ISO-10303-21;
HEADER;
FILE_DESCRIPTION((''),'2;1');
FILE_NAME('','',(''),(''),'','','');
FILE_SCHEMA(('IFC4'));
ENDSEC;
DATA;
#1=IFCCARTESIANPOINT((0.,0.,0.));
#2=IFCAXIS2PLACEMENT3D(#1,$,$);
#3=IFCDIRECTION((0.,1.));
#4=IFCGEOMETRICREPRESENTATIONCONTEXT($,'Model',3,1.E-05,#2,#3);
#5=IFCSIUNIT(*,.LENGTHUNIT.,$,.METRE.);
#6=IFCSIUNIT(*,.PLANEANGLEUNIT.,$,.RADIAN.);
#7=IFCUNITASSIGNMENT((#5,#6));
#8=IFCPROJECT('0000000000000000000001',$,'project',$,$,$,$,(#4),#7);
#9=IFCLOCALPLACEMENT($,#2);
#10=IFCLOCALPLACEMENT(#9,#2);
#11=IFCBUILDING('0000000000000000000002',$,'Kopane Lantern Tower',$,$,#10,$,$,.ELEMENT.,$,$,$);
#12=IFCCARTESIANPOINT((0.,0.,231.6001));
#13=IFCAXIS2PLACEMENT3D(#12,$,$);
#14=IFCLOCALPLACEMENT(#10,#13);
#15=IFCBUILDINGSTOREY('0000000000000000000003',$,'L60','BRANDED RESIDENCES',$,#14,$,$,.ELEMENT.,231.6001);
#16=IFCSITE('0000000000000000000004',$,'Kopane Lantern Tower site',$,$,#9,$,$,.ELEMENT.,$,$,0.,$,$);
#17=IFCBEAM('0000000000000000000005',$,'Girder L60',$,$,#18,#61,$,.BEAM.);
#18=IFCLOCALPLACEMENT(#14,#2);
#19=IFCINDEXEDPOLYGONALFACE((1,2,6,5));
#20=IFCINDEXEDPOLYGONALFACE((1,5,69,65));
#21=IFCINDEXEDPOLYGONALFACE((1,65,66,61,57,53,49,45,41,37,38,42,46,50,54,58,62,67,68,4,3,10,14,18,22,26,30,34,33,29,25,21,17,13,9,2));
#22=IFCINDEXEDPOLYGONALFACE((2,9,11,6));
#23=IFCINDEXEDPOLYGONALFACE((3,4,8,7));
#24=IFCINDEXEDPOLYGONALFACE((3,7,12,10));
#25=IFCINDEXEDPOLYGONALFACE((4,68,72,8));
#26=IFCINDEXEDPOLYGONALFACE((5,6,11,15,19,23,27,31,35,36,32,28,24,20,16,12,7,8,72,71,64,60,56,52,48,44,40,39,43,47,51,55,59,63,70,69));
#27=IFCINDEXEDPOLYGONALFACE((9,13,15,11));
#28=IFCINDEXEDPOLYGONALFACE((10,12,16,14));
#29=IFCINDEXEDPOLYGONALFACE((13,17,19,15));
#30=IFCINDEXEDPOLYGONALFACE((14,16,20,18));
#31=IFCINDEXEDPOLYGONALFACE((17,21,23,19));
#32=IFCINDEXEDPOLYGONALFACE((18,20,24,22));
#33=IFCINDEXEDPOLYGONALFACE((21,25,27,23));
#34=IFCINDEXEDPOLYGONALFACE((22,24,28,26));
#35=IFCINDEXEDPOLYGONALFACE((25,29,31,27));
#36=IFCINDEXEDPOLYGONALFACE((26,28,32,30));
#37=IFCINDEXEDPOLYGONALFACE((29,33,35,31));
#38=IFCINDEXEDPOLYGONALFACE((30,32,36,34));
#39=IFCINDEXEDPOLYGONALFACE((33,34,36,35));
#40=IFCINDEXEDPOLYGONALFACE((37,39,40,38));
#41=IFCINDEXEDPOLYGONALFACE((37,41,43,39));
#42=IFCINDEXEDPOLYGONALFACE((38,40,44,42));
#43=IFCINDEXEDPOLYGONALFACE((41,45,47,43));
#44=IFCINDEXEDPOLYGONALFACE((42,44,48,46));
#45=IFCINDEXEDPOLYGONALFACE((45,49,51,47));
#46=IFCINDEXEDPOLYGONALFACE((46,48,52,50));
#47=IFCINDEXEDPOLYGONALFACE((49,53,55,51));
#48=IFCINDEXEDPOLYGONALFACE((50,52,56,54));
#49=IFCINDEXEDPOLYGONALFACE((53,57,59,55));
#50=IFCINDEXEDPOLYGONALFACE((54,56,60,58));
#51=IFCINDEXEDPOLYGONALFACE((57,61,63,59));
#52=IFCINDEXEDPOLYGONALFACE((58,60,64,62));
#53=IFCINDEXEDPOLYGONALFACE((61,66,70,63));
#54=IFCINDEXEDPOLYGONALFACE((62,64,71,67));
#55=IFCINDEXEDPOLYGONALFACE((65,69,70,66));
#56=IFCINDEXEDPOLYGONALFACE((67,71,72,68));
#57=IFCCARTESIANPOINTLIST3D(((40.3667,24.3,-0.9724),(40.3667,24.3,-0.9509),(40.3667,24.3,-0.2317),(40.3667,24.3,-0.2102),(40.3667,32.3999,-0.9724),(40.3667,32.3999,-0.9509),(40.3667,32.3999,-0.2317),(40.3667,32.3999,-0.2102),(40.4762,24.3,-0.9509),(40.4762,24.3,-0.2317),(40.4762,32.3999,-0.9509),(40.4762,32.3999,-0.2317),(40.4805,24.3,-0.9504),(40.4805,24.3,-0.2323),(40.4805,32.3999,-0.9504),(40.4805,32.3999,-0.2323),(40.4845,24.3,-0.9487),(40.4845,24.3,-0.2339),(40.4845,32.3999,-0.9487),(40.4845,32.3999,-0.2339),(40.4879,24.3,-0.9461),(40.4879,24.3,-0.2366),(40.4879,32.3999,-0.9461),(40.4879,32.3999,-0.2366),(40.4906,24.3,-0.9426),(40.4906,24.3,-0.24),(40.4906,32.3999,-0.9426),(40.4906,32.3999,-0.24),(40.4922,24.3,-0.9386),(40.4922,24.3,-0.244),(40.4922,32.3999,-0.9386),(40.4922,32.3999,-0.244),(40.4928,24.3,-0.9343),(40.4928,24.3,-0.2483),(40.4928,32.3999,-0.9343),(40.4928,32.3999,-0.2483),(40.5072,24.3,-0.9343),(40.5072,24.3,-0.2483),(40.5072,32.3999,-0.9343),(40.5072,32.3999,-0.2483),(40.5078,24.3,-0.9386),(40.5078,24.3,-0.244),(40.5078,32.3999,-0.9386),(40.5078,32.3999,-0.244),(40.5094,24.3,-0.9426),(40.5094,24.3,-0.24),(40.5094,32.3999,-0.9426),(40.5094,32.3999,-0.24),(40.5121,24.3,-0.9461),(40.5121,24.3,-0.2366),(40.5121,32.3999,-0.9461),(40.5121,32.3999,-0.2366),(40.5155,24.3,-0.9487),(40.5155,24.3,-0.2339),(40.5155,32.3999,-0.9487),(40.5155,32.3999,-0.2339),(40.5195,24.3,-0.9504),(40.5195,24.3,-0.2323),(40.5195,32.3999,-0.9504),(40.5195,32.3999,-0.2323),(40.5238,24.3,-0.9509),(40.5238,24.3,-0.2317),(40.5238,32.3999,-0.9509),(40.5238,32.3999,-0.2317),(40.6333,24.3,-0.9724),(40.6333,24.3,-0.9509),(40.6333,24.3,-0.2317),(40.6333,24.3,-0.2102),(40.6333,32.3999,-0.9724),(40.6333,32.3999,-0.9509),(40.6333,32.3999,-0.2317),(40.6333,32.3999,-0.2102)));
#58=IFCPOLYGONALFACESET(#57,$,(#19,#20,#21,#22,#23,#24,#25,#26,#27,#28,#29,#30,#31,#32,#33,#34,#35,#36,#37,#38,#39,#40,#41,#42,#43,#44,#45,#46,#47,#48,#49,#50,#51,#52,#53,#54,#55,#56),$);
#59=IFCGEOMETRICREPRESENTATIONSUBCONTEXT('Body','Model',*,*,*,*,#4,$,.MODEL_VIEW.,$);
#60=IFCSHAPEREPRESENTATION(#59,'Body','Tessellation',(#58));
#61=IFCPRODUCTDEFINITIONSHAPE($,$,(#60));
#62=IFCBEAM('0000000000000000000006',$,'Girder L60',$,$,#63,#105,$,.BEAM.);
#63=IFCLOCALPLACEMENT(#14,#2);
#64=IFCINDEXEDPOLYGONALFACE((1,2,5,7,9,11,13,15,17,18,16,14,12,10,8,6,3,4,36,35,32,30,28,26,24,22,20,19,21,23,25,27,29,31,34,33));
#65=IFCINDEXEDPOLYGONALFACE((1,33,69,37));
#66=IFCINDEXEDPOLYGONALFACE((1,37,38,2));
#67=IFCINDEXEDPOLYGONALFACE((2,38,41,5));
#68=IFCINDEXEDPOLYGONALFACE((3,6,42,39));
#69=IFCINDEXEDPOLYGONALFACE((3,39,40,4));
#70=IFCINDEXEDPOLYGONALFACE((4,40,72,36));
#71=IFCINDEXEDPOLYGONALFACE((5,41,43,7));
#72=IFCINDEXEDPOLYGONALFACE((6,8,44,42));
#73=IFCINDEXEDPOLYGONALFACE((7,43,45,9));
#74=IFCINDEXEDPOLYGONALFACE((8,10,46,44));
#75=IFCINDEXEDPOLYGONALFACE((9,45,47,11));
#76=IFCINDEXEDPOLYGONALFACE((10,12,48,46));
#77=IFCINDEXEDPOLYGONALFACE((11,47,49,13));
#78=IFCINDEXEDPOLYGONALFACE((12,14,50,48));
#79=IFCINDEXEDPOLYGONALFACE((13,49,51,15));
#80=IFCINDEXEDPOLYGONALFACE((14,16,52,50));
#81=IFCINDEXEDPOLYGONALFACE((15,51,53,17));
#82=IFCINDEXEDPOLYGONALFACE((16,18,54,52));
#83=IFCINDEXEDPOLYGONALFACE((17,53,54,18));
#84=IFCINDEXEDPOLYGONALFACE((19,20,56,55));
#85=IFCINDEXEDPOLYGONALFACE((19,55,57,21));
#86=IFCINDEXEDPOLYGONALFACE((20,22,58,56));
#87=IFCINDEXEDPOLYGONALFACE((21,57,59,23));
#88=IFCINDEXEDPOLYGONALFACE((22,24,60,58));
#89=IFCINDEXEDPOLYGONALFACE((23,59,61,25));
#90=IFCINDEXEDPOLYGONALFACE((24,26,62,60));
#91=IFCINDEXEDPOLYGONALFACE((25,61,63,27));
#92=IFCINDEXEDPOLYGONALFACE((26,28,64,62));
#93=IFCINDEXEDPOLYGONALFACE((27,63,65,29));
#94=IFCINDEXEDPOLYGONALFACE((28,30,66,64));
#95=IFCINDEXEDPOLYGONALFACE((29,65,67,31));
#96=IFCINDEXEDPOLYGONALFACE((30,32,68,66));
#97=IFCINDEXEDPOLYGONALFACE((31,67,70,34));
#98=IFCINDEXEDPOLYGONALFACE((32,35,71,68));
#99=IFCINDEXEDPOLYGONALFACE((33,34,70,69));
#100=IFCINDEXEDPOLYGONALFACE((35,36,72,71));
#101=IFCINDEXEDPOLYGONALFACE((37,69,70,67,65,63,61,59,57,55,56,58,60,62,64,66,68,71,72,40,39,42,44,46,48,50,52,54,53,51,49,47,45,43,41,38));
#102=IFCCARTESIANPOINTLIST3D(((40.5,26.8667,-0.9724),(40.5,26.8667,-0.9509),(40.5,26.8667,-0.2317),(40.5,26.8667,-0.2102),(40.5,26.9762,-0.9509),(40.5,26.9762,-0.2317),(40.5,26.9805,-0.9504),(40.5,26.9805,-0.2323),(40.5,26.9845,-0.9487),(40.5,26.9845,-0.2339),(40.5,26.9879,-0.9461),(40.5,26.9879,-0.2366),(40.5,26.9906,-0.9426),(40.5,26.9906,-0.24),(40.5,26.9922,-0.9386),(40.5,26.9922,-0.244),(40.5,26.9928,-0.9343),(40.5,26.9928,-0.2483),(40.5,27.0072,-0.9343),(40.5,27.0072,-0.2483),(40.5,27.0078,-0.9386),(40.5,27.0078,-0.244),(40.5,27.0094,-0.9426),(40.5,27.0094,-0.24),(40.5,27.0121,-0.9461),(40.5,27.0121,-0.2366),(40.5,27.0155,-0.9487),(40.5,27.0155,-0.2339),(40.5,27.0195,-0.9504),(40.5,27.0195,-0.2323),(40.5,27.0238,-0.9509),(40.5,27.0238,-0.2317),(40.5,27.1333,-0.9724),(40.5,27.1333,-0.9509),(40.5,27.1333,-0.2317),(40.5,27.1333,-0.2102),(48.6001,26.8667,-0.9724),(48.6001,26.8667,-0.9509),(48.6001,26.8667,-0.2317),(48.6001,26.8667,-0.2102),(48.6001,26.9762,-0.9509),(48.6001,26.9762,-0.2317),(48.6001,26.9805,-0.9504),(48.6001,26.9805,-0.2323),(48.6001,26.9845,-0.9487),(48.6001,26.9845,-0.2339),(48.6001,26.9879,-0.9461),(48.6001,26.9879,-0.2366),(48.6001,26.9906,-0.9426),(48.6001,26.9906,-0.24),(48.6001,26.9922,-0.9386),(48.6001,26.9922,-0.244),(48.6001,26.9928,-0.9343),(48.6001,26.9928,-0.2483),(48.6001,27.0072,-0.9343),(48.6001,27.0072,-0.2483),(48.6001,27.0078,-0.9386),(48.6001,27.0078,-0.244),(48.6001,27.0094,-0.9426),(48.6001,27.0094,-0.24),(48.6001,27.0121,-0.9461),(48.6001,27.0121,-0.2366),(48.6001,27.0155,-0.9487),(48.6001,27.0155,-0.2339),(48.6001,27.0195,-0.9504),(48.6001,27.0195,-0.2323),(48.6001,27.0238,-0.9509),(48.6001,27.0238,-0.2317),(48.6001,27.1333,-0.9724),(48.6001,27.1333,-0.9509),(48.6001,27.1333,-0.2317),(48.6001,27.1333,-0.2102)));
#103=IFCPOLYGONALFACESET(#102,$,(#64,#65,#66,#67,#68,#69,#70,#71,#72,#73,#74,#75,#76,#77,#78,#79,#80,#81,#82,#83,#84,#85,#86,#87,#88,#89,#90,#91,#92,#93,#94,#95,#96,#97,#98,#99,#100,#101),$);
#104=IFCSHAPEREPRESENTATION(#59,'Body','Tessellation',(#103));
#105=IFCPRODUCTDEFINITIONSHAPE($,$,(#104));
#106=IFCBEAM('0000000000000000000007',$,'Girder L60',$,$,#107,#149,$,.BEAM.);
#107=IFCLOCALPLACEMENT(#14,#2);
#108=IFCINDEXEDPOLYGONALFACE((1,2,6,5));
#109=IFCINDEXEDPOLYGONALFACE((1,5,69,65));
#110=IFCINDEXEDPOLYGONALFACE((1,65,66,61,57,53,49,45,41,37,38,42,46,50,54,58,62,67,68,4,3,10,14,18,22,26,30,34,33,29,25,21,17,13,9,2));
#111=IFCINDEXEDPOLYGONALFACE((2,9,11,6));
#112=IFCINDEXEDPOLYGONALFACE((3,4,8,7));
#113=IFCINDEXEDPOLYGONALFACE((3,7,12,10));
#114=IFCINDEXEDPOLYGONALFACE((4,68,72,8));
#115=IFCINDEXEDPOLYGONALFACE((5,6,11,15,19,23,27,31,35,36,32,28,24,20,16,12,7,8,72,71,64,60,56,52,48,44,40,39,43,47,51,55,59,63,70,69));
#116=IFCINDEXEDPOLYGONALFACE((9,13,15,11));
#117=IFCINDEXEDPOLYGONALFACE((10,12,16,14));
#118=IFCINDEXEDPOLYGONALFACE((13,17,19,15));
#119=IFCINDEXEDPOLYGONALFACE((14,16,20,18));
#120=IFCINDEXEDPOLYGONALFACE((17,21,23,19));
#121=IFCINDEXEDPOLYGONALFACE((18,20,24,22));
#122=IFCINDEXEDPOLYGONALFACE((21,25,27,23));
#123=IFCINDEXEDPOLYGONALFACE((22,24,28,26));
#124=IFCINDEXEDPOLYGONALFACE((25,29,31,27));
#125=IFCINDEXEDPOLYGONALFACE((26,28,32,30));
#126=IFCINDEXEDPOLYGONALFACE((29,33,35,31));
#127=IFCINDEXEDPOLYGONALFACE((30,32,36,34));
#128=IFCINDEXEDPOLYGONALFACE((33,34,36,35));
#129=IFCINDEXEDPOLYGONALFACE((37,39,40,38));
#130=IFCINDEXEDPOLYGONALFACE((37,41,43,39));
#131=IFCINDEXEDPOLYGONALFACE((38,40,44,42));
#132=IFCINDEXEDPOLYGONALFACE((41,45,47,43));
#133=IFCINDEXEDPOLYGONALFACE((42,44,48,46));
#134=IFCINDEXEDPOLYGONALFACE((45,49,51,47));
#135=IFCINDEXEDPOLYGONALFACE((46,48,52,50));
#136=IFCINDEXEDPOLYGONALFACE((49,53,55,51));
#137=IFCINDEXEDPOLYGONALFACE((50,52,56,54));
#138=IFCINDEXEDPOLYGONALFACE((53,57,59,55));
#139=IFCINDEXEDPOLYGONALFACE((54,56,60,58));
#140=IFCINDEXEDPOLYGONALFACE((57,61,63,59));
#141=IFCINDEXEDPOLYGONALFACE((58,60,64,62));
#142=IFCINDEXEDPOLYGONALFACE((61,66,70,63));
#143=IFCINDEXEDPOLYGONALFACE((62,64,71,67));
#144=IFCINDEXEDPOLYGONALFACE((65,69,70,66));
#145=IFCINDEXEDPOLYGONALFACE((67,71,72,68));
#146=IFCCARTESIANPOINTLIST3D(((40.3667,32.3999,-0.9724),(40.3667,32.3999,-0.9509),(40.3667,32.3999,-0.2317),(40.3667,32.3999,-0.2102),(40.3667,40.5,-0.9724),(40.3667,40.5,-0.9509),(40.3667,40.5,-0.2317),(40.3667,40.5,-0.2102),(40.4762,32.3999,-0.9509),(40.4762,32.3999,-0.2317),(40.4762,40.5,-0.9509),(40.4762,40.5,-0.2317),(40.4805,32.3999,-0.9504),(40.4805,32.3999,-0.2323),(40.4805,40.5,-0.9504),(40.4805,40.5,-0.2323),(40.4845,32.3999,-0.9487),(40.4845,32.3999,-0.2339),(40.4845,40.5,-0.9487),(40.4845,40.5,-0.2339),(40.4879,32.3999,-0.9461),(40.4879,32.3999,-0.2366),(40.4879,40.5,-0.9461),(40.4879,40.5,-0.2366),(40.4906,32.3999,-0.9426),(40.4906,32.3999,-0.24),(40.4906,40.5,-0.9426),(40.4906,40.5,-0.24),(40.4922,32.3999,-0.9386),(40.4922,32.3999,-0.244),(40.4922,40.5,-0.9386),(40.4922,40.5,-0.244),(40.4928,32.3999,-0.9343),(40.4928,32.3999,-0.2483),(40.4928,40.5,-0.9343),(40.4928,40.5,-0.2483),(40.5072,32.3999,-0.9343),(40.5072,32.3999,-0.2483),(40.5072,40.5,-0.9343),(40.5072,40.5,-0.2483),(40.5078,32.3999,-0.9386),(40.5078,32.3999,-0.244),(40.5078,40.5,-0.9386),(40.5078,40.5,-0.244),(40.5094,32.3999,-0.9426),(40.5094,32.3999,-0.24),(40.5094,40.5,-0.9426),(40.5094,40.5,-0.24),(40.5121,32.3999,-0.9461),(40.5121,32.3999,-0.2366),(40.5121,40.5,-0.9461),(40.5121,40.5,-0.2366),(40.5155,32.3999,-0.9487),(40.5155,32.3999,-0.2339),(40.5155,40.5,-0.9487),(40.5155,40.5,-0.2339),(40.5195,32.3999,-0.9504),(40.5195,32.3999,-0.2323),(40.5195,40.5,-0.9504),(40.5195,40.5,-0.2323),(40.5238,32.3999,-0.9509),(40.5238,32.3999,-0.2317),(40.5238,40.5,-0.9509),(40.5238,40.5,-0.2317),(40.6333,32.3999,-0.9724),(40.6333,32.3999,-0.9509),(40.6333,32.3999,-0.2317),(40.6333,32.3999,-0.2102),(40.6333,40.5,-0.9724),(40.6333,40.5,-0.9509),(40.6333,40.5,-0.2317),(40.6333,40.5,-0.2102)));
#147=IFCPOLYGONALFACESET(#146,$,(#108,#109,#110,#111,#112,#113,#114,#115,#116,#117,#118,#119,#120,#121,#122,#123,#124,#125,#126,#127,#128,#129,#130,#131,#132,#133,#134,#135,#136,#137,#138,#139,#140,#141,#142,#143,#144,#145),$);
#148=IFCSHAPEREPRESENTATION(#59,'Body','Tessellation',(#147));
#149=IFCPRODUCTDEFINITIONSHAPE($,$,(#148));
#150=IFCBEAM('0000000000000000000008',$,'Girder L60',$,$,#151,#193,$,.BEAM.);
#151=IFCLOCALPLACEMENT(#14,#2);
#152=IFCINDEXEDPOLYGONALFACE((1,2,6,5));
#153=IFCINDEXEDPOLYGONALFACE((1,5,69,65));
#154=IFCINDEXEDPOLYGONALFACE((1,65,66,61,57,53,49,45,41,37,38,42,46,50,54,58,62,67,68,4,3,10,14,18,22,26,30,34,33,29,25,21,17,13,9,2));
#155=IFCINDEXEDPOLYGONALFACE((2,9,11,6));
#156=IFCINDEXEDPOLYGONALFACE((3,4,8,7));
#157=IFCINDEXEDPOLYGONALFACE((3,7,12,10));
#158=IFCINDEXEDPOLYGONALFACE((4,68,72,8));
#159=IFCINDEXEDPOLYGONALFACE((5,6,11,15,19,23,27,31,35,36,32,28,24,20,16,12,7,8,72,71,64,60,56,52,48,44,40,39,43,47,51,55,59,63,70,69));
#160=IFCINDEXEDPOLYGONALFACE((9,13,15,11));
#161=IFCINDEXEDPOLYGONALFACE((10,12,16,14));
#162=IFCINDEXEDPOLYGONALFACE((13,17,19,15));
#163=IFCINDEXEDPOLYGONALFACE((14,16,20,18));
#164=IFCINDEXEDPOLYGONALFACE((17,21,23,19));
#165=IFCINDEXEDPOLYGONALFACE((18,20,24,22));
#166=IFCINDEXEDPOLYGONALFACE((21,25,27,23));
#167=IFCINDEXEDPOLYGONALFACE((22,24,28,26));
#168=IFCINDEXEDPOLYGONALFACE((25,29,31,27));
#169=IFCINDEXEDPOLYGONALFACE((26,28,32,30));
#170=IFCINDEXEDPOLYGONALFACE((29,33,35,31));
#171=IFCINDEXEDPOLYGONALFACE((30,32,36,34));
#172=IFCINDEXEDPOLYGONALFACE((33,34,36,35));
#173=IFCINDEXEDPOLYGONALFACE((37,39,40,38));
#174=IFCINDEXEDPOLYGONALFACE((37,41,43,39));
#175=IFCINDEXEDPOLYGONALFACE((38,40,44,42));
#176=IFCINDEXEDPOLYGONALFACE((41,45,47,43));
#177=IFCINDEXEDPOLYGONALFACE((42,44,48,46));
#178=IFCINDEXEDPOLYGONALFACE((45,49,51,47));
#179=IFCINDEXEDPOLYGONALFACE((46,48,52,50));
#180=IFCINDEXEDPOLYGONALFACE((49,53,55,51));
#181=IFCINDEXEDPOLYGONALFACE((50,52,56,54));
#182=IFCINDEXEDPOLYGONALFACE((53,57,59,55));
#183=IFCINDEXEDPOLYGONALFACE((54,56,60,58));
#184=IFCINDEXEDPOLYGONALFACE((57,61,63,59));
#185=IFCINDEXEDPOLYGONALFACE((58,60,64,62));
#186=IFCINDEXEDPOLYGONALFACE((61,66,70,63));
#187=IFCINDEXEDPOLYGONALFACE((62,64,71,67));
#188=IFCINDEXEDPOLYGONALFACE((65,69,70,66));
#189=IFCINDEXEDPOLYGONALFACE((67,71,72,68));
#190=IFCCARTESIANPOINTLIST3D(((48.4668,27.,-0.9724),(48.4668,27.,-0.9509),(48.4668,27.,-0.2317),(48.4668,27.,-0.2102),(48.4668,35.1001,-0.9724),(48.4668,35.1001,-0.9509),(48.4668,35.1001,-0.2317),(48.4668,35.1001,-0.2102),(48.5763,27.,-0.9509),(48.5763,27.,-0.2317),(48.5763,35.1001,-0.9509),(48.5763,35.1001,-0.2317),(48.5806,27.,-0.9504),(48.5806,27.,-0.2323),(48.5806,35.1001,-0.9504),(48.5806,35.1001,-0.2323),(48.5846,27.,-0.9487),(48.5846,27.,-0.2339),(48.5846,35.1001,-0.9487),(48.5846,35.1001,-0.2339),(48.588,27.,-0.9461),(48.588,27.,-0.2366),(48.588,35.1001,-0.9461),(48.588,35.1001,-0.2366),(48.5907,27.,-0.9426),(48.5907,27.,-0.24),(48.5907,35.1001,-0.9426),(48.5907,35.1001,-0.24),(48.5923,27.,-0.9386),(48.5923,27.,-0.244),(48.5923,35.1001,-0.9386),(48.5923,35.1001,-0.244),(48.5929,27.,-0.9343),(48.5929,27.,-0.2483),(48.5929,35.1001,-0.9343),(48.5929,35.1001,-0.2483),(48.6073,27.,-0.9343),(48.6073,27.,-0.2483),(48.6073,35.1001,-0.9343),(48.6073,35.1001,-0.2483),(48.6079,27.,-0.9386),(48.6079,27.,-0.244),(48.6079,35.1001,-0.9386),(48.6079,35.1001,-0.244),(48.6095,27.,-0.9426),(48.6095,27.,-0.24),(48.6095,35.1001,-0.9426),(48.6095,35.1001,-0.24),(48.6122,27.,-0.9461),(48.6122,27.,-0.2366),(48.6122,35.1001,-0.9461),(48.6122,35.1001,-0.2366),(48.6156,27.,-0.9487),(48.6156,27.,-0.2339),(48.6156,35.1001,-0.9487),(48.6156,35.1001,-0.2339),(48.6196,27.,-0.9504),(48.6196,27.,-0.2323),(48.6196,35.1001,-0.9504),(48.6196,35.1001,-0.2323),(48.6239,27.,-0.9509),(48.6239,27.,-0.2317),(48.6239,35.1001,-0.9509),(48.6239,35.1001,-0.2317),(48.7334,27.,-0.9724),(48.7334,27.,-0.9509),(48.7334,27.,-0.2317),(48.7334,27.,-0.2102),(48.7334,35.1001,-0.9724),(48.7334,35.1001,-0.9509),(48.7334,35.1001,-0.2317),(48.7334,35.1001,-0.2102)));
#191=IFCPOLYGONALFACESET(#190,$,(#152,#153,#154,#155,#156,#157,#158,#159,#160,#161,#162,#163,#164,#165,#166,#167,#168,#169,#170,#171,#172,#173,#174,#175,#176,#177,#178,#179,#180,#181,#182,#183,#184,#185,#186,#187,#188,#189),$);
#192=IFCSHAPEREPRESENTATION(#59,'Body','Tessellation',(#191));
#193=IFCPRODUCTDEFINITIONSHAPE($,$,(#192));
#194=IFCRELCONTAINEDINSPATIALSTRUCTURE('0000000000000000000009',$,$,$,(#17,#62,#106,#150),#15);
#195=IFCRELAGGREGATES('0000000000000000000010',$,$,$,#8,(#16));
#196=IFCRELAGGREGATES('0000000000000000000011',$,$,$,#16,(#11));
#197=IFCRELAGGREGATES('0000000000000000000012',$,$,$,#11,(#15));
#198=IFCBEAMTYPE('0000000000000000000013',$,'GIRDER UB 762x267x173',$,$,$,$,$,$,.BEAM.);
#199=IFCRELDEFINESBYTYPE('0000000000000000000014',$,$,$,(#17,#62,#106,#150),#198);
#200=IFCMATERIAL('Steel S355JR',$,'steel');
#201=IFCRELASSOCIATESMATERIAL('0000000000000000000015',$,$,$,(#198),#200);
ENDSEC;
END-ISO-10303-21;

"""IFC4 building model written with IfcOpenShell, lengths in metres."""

from ifc_helpers import new_model, si_unit, direction, frame, origin, origin_2d, place, context, subcontext, project, spatial, i_section, extrude, material, material_profile, profile_set, type_object, element, save


model = new_model("IFC4")

# Units and contexts
model_context = context("Model", 3, precision=1e-05, world=origin(), true_north=direction((0.0, 1.0)))
body_context = subcontext(model_context, "Body", "Model", "MODEL_VIEW")
ifc_project = project(units=[si_unit("LENGTHUNIT", "METRE"), si_unit("PLANEANGLEUNIT", "RADIAN")], contexts=[model_context])

# Site, building, storey
site_placement = place(None, origin())
site = spatial("IfcSite", under=ifc_project, at=site_placement, Name="Kopane Lantern Tower site", CompositionType="ELEMENT", RefElevation=0.0)
building_placement = place(site_placement, origin())
building = spatial("IfcBuilding", under=site, at=building_placement, Name="Kopane Lantern Tower", CompositionType="ELEMENT")
storey_placement = place(building_placement, frame((0.0, 0.0, 231.6001)))
storey = spatial("IfcBuildingStorey", under=building, at=storey_placement, Name="L60", Description="BRANDED RESIDENCES", CompositionType="ELEMENT", Elevation=231.6001)

# Beams
ifc_material_1 = material(Name="Steel S355JR", Category="steel")
ifc_material_profile_1 = material_profile(ifc_material_1, i_section(OverallWidth=0.2666, OverallDepth=0.7622, WebThickness=0.0144, FlangeThickness=0.0215, FilletRadius=0.0166, at=origin_2d()), Name="UB 762x267x173")
ifc_profile_set_1 = profile_set([ifc_material_profile_1], Name="Steel S355JR")
beam_type = type_object("IfcBeamType", Name="GIRDER UB 762x267x173", PredefinedType="BEAM", material=ifc_profile_set_1)
beam_1_placement = place(storey_placement, frame((40.5, 24.3, -0.5913), z_axis=(0.0, 1.0, 0.0), x_axis=(-1.0, 0.0, 0.0)))
element("IfcBeam", 1, at=beam_1_placement, inside=storey, type_object=beam_type, Name="Girder L60", PredefinedType="BEAM", context=body_context, shape_type="SweptSolid", body=[
    extrude(i_section(OverallWidth=0.2666, OverallDepth=0.7622, WebThickness=0.0144, FlangeThickness=0.0215, FilletRadius=0.0166, at=origin_2d()), origin(), (0.0, 0.0, 1.0), 8.0999),
])
for number, where, z_axis, x_axis, name in (
    (2, (40.5, 27.0, -0.5913), (1.0, 0.0, 0.0), (0.0, 1.0, 0.0), "Girder L60"),
    (3, (40.5, 32.3999, -0.5913), (0.0, 1.0, 0.0), (-1.0, 0.0, 0.0), "Girder L60"),
    (4, (48.6001, 27.0, -0.5913), (0.0, 1.0, 0.0), (-1.0, 0.0, 0.0), "Girder L60"),
):
    element("IfcBeam", number, at=place(storey_placement, frame(where, z_axis=z_axis, x_axis=x_axis)), inside=storey, type_object=beam_type, Name=name, PredefinedType="BEAM", context=body_context, shape_type="SweptSolid", body=[
        extrude(i_section(OverallWidth=0.2666, OverallDepth=0.7622, WebThickness=0.0144, FlangeThickness=0.0215, FilletRadius=0.0166, at=origin_2d()), origin(), (0.0, 0.0, 1.0), 8.1001),
    ])

save(model, "model.ifc")
